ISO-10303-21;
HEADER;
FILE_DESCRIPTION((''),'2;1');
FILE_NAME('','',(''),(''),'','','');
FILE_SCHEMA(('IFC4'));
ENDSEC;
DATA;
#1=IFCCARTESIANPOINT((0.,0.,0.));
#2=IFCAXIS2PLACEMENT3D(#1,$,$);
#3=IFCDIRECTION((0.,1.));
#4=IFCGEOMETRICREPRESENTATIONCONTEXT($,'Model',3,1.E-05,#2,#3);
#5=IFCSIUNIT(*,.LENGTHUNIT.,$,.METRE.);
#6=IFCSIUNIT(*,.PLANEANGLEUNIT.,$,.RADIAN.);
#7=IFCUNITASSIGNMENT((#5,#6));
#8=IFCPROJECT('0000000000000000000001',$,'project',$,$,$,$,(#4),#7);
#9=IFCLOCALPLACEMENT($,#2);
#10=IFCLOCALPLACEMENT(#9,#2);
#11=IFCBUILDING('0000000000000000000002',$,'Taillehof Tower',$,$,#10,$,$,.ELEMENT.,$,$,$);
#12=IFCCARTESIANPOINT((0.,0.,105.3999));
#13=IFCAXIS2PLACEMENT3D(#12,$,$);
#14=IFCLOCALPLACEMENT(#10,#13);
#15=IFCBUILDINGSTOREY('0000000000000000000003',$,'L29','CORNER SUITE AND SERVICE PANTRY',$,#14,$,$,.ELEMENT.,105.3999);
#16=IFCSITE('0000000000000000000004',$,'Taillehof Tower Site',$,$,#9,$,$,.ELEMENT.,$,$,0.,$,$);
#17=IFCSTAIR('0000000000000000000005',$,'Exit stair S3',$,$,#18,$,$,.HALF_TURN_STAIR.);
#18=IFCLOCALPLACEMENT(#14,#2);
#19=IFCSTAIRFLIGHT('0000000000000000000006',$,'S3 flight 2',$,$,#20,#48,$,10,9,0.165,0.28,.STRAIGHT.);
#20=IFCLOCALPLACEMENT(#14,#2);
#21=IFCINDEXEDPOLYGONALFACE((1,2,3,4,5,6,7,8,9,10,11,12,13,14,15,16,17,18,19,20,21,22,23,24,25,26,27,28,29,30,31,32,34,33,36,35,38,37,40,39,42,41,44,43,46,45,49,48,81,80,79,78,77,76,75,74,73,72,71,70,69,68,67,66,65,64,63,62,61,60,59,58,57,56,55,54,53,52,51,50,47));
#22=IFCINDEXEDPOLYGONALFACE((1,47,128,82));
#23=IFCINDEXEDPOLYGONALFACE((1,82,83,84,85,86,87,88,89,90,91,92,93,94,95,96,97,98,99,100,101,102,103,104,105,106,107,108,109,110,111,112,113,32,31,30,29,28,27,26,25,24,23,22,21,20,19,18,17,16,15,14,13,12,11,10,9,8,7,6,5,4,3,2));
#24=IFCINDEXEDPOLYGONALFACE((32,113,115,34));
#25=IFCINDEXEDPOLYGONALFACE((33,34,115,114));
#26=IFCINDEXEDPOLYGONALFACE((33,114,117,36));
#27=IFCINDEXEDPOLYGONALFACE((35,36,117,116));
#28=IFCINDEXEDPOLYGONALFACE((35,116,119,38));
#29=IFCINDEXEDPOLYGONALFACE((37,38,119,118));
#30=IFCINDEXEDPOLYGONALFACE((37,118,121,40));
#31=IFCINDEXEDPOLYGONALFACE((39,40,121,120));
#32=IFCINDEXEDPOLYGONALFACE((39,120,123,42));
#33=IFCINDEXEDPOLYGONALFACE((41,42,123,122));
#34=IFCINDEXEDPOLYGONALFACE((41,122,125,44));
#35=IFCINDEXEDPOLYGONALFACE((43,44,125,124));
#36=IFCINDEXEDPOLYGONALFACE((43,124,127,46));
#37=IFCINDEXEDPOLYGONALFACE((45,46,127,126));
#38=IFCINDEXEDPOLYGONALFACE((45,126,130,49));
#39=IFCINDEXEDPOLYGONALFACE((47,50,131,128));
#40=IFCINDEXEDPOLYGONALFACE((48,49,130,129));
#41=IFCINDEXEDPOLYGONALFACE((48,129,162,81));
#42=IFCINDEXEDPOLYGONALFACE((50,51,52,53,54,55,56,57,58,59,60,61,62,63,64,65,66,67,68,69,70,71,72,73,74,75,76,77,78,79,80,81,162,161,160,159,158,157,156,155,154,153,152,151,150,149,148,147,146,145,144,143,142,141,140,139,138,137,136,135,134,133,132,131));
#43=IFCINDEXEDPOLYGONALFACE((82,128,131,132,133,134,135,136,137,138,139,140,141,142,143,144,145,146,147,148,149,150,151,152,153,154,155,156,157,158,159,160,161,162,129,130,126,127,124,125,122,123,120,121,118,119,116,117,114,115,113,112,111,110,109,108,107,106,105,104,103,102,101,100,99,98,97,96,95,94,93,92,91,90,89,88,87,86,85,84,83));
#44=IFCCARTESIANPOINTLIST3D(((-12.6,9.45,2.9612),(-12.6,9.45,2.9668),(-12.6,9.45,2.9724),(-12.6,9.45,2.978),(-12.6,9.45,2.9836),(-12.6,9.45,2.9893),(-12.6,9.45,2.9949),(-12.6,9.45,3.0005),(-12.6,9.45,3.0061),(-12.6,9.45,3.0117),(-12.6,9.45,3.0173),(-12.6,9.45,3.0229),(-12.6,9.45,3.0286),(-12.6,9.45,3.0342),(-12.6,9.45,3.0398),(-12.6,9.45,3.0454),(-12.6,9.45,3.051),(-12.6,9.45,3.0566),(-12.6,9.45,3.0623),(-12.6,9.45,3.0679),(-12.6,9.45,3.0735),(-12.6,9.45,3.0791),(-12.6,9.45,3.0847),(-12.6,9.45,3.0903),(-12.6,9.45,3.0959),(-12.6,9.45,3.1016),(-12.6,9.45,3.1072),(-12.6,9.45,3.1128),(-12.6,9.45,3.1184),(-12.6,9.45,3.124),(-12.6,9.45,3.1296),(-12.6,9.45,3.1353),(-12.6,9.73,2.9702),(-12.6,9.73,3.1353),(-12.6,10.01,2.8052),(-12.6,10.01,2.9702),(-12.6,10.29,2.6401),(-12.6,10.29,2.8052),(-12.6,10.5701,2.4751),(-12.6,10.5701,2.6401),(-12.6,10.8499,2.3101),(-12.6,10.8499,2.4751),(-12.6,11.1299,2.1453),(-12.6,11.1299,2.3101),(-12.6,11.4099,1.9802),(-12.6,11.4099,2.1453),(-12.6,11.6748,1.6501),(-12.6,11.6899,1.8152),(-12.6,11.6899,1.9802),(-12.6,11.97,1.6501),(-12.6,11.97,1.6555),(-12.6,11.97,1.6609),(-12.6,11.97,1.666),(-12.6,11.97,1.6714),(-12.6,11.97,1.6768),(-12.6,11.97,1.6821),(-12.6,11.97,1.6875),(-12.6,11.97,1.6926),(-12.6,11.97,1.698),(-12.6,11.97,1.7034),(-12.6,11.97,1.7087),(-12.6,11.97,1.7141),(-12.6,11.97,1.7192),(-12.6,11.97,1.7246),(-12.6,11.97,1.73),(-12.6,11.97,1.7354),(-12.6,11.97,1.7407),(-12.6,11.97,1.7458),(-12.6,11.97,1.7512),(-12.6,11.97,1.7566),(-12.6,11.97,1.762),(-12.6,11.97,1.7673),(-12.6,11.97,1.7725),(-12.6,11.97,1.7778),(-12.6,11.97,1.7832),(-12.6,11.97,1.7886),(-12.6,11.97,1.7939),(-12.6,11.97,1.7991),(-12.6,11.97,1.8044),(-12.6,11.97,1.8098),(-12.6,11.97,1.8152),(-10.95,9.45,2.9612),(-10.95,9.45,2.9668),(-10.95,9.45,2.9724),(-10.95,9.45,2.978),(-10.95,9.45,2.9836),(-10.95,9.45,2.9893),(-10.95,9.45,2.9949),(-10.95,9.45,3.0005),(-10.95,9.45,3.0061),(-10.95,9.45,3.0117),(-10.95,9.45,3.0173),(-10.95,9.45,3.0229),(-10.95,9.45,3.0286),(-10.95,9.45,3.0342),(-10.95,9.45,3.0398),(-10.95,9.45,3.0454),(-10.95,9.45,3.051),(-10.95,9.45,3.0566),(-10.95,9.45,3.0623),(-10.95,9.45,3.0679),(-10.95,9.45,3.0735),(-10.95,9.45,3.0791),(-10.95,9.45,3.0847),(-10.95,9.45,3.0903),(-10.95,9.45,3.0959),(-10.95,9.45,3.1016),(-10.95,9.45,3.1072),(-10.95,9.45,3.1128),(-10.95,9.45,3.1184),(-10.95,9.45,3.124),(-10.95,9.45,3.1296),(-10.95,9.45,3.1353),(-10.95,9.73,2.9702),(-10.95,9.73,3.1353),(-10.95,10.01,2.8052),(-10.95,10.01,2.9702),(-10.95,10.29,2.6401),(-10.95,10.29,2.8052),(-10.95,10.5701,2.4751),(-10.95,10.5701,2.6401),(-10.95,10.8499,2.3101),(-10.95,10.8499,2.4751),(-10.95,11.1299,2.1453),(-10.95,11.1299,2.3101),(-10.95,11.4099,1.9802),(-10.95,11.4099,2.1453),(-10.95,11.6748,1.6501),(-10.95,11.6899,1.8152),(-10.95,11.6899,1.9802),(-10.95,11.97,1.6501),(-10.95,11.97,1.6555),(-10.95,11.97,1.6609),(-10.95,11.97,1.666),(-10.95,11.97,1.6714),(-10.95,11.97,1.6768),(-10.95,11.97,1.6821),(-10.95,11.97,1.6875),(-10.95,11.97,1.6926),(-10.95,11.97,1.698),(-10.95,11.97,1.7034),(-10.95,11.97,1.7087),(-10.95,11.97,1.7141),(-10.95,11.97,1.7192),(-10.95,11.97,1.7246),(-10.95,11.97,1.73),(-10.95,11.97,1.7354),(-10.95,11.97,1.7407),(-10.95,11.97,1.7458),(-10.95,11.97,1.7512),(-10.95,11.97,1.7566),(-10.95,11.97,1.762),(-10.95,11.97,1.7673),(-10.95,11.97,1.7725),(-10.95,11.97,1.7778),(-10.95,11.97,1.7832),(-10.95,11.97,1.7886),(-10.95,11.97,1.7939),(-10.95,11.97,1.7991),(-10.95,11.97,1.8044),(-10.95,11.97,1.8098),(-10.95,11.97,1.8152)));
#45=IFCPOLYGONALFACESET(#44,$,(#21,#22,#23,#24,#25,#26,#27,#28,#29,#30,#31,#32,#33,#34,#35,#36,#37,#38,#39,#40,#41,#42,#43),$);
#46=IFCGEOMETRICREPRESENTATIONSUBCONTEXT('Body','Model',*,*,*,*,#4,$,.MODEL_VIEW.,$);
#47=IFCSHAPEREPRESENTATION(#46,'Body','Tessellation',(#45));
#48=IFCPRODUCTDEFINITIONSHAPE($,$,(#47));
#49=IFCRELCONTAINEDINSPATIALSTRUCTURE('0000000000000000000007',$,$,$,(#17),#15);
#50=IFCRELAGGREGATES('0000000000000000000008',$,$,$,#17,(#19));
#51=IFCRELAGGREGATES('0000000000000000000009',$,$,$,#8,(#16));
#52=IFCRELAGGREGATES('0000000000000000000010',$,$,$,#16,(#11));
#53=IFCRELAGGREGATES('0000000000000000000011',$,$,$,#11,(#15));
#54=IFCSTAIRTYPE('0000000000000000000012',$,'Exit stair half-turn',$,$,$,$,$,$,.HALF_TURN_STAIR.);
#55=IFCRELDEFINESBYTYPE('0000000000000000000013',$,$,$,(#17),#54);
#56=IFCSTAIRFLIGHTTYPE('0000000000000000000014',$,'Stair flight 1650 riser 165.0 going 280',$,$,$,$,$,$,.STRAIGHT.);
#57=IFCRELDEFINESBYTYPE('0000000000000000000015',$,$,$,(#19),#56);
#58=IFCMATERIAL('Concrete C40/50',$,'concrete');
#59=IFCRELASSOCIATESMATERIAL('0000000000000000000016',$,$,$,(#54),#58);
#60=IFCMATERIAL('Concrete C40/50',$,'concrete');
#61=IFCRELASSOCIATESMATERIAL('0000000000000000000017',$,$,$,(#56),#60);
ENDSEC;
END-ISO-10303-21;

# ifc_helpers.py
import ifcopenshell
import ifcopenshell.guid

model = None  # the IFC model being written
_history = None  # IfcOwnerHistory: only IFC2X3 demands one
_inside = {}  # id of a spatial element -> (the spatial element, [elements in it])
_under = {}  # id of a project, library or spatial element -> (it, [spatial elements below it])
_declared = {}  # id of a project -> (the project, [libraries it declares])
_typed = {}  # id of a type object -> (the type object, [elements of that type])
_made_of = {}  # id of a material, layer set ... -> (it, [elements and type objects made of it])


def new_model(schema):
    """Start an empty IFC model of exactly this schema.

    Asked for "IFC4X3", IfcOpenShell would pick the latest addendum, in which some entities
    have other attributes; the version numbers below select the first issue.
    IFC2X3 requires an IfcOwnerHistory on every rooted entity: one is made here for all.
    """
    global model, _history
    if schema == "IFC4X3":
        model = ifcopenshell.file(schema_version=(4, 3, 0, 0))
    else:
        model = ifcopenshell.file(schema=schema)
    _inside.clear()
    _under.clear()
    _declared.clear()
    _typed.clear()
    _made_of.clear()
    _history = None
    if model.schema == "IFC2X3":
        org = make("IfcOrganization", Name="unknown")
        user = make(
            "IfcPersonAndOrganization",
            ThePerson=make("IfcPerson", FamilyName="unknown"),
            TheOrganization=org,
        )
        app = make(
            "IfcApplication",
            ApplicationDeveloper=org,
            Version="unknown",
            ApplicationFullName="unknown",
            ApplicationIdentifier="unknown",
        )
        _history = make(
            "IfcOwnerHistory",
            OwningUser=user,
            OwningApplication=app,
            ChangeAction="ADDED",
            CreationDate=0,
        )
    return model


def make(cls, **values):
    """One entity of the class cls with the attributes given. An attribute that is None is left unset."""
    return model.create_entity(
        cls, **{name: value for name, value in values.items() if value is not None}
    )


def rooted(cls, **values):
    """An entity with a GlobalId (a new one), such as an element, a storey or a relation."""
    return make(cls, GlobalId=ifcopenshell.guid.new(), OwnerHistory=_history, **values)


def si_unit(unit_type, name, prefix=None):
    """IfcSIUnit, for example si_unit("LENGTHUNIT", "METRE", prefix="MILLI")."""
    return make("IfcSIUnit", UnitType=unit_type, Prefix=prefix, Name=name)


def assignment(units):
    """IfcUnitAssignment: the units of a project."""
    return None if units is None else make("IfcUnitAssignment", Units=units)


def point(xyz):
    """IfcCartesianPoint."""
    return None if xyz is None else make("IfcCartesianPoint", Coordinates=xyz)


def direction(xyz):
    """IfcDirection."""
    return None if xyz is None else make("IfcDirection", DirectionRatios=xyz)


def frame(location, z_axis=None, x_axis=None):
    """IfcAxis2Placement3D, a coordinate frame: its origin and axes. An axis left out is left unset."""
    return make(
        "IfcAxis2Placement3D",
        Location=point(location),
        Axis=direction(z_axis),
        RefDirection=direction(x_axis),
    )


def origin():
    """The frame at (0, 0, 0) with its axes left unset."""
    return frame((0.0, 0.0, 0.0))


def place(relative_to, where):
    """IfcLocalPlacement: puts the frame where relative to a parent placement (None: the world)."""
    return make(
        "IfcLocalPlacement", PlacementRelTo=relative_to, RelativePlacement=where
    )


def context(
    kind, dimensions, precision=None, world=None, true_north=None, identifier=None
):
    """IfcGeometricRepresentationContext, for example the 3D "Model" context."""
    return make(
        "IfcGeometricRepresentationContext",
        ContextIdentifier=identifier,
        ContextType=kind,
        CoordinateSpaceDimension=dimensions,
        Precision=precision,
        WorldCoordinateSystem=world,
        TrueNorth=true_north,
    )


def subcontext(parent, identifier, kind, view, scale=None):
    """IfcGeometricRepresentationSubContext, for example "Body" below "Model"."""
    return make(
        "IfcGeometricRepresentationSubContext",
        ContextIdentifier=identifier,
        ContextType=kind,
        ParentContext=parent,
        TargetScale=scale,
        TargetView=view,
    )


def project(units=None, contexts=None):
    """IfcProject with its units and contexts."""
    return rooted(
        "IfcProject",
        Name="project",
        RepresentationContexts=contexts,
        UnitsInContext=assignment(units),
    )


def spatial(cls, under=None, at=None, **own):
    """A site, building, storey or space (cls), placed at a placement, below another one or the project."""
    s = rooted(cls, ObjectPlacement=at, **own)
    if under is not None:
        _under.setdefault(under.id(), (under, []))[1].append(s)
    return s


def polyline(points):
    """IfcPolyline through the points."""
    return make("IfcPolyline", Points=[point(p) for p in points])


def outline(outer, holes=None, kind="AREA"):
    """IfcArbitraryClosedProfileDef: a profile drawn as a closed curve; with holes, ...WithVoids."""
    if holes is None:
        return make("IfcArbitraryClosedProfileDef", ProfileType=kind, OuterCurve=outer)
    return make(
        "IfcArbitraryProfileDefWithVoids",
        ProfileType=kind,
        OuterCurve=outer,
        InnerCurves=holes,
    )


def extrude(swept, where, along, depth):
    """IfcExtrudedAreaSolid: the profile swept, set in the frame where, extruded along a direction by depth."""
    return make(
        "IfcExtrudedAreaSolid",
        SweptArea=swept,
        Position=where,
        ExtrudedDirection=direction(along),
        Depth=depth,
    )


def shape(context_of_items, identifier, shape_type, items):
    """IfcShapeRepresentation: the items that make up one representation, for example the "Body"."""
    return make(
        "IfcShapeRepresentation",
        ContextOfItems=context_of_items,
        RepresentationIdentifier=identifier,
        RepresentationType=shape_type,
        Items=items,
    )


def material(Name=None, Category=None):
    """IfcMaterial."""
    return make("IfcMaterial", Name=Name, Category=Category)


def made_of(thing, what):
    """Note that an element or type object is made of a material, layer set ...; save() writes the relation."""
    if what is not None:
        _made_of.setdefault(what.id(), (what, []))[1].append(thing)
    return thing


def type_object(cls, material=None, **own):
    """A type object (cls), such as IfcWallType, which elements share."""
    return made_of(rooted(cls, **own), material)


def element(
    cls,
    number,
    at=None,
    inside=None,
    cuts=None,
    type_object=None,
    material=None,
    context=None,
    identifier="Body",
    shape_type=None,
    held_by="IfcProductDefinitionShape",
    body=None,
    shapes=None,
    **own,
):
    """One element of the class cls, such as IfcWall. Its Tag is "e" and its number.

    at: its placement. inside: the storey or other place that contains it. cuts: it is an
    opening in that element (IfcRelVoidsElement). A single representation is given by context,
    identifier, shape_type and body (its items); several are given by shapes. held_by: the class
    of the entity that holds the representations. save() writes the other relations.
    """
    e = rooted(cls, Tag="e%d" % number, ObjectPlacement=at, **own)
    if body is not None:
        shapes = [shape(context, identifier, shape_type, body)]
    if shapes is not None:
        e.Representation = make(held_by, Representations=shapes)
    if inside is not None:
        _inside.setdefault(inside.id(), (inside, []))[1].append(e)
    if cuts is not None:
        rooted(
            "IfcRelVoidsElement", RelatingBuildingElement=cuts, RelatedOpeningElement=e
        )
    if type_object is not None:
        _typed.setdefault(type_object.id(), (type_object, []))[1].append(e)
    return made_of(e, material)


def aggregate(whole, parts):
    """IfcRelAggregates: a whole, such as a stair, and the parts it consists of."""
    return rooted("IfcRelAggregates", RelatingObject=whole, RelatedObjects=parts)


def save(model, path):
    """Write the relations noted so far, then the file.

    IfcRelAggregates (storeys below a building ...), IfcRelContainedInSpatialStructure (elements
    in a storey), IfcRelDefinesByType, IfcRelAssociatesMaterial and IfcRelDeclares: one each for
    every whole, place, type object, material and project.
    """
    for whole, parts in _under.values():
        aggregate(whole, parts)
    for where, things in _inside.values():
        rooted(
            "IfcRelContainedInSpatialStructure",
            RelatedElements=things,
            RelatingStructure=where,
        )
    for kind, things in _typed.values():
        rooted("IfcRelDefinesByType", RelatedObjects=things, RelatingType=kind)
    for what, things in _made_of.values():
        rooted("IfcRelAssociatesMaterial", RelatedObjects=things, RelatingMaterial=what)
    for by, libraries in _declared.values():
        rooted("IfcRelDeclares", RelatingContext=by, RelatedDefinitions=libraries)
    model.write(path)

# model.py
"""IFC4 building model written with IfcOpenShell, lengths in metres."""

from ifc_helpers import new_model, si_unit, direction, frame, origin, place, context, subcontext, project, spatial, polyline, outline, extrude, material, type_object, element, aggregate, save


model = new_model("IFC4")

# Units and contexts
model_context = context("Model", 3, precision=1e-05, world=origin(), true_north=direction((0.0, 1.0)))
body_context = subcontext(model_context, "Body", "Model", "MODEL_VIEW")
ifc_project = project(units=[si_unit("LENGTHUNIT", "METRE"), si_unit("PLANEANGLEUNIT", "RADIAN")], contexts=[model_context])

# Site, building, storey
site_placement = place(None, origin())
site = spatial("IfcSite", under=ifc_project, at=site_placement, Name="Taillehof Tower Site", CompositionType="ELEMENT", RefElevation=0.0)
building_placement = place(site_placement, origin())
building = spatial("IfcBuilding", under=site, at=building_placement, Name="Taillehof Tower", CompositionType="ELEMENT")
storey_placement = place(building_placement, frame((0.0, 0.0, 105.3999)))
storey = spatial("IfcBuildingStorey", under=building, at=storey_placement, Name="L29", Description="CORNER SUITE AND SERVICE PANTRY", CompositionType="ELEMENT", Elevation=105.3999)

# Stair, stair flight
ifc_material_1 = material(Name="Concrete C40/50", Category="concrete")
stair_type = type_object("IfcStairType", Name="Exit stair half-turn", PredefinedType="HALF_TURN_STAIR", material=ifc_material_1)
stair_placement = place(storey_placement, origin())
stair = element("IfcStair", 1, at=stair_placement, inside=storey, type_object=stair_type, Name="Exit stair S3", PredefinedType="HALF_TURN_STAIR")
ifc_material_2 = material(Name="Concrete C40/50", Category="concrete")
stair_flight_type = type_object("IfcStairFlightType", Name="Stair flight 1650 riser 165.0 going 280", PredefinedType="STRAIGHT", material=ifc_material_2)
stair_flight_1_placement = place(storey_placement, frame((-11.7749, 11.97, 1.6501), z_axis=(0.0, 0.0, 1.0), x_axis=(0.0, -1.0, 0.0)))
stair_flight_1 = element("IfcStairFlight", 2, at=stair_flight_1_placement, type_object=stair_flight_type, Name="S3 flight 2", NumberOfRisers=10, NumberOfTreads=9, PredefinedType="STRAIGHT", RiserHeight=0.165, TreadLength=0.28, context=body_context, shape_type="SweptSolid", body=[
    extrude(outline(polyline([(0.0, 0.0), (0.0, 0.0054), (0.0, 0.0107), (0.0, 0.0159), (0.0, 0.0212), (0.0, 0.0266), (0.0, 0.032), (0.0, 0.0374), (0.0, 0.0425), (0.0, 0.0479), (0.0, 0.0532), (0.0, 0.0586), (0.0, 0.064), (0.0, 0.0691), (0.0, 0.0745), (0.0, 0.0798), (0.0, 0.0852), (0.0, 0.0906), (0.0, 0.0957), (0.0, 0.1011), (0.0, 0.1064), (0.0, 0.1118), (0.0, 0.1172), (0.0, 0.1223), (0.0, 0.1277), (0.0, 0.1331), (0.0, 0.1384), (0.0, 0.1438), (0.0, 0.1489), (0.0, 0.1543), (0.0, 0.1597), (0.0, 0.165), (0.28, 0.165), (0.28, 0.3301), (0.5601, 0.3301), (0.5601, 0.4951), (0.8401, 0.4951), (0.8401, 0.6599), (1.1201, 0.6599), (1.1201, 0.825), (1.3999, 0.825), (1.3999, 0.99), (1.6799, 0.99), (1.6799, 1.155), (1.96, 1.155), (1.96, 1.3201), (2.24, 1.3201), (2.24, 1.4851), (2.52, 1.4851), (2.52, 1.4795), (2.52, 1.4739), (2.52, 1.4683), (2.52, 1.4626), (2.52, 1.457), (2.52, 1.4514), (2.52, 1.4458), (2.52, 1.4402), (2.52, 1.4346), (2.52, 1.429), (2.52, 1.4233), (2.52, 1.4177), (2.52, 1.4121), (2.52, 1.4065), (2.52, 1.4009), (2.52, 1.3953), (2.52, 1.3896), (2.52, 1.384), (2.52, 1.3784), (2.52, 1.3728), (2.52, 1.3672), (2.52, 1.3616), (2.52, 1.356), (2.52, 1.3503), (2.52, 1.3447), (2.52, 1.3391), (2.52, 1.3335), (2.52, 1.3279), (2.52, 1.3223), (2.52, 1.3167), (2.52, 1.311), (0.2952, 0.0), (0.0, 0.0)])), frame((0.0, 0.825, 0.0), z_axis=(0.0, -1.0, 0.0), x_axis=(1.0, 0.0, 0.0)), (0.0, 0.0, 1.0), 1.65),
])
aggregate(stair, [stair_flight_1])

save(model, "model.ifc")
